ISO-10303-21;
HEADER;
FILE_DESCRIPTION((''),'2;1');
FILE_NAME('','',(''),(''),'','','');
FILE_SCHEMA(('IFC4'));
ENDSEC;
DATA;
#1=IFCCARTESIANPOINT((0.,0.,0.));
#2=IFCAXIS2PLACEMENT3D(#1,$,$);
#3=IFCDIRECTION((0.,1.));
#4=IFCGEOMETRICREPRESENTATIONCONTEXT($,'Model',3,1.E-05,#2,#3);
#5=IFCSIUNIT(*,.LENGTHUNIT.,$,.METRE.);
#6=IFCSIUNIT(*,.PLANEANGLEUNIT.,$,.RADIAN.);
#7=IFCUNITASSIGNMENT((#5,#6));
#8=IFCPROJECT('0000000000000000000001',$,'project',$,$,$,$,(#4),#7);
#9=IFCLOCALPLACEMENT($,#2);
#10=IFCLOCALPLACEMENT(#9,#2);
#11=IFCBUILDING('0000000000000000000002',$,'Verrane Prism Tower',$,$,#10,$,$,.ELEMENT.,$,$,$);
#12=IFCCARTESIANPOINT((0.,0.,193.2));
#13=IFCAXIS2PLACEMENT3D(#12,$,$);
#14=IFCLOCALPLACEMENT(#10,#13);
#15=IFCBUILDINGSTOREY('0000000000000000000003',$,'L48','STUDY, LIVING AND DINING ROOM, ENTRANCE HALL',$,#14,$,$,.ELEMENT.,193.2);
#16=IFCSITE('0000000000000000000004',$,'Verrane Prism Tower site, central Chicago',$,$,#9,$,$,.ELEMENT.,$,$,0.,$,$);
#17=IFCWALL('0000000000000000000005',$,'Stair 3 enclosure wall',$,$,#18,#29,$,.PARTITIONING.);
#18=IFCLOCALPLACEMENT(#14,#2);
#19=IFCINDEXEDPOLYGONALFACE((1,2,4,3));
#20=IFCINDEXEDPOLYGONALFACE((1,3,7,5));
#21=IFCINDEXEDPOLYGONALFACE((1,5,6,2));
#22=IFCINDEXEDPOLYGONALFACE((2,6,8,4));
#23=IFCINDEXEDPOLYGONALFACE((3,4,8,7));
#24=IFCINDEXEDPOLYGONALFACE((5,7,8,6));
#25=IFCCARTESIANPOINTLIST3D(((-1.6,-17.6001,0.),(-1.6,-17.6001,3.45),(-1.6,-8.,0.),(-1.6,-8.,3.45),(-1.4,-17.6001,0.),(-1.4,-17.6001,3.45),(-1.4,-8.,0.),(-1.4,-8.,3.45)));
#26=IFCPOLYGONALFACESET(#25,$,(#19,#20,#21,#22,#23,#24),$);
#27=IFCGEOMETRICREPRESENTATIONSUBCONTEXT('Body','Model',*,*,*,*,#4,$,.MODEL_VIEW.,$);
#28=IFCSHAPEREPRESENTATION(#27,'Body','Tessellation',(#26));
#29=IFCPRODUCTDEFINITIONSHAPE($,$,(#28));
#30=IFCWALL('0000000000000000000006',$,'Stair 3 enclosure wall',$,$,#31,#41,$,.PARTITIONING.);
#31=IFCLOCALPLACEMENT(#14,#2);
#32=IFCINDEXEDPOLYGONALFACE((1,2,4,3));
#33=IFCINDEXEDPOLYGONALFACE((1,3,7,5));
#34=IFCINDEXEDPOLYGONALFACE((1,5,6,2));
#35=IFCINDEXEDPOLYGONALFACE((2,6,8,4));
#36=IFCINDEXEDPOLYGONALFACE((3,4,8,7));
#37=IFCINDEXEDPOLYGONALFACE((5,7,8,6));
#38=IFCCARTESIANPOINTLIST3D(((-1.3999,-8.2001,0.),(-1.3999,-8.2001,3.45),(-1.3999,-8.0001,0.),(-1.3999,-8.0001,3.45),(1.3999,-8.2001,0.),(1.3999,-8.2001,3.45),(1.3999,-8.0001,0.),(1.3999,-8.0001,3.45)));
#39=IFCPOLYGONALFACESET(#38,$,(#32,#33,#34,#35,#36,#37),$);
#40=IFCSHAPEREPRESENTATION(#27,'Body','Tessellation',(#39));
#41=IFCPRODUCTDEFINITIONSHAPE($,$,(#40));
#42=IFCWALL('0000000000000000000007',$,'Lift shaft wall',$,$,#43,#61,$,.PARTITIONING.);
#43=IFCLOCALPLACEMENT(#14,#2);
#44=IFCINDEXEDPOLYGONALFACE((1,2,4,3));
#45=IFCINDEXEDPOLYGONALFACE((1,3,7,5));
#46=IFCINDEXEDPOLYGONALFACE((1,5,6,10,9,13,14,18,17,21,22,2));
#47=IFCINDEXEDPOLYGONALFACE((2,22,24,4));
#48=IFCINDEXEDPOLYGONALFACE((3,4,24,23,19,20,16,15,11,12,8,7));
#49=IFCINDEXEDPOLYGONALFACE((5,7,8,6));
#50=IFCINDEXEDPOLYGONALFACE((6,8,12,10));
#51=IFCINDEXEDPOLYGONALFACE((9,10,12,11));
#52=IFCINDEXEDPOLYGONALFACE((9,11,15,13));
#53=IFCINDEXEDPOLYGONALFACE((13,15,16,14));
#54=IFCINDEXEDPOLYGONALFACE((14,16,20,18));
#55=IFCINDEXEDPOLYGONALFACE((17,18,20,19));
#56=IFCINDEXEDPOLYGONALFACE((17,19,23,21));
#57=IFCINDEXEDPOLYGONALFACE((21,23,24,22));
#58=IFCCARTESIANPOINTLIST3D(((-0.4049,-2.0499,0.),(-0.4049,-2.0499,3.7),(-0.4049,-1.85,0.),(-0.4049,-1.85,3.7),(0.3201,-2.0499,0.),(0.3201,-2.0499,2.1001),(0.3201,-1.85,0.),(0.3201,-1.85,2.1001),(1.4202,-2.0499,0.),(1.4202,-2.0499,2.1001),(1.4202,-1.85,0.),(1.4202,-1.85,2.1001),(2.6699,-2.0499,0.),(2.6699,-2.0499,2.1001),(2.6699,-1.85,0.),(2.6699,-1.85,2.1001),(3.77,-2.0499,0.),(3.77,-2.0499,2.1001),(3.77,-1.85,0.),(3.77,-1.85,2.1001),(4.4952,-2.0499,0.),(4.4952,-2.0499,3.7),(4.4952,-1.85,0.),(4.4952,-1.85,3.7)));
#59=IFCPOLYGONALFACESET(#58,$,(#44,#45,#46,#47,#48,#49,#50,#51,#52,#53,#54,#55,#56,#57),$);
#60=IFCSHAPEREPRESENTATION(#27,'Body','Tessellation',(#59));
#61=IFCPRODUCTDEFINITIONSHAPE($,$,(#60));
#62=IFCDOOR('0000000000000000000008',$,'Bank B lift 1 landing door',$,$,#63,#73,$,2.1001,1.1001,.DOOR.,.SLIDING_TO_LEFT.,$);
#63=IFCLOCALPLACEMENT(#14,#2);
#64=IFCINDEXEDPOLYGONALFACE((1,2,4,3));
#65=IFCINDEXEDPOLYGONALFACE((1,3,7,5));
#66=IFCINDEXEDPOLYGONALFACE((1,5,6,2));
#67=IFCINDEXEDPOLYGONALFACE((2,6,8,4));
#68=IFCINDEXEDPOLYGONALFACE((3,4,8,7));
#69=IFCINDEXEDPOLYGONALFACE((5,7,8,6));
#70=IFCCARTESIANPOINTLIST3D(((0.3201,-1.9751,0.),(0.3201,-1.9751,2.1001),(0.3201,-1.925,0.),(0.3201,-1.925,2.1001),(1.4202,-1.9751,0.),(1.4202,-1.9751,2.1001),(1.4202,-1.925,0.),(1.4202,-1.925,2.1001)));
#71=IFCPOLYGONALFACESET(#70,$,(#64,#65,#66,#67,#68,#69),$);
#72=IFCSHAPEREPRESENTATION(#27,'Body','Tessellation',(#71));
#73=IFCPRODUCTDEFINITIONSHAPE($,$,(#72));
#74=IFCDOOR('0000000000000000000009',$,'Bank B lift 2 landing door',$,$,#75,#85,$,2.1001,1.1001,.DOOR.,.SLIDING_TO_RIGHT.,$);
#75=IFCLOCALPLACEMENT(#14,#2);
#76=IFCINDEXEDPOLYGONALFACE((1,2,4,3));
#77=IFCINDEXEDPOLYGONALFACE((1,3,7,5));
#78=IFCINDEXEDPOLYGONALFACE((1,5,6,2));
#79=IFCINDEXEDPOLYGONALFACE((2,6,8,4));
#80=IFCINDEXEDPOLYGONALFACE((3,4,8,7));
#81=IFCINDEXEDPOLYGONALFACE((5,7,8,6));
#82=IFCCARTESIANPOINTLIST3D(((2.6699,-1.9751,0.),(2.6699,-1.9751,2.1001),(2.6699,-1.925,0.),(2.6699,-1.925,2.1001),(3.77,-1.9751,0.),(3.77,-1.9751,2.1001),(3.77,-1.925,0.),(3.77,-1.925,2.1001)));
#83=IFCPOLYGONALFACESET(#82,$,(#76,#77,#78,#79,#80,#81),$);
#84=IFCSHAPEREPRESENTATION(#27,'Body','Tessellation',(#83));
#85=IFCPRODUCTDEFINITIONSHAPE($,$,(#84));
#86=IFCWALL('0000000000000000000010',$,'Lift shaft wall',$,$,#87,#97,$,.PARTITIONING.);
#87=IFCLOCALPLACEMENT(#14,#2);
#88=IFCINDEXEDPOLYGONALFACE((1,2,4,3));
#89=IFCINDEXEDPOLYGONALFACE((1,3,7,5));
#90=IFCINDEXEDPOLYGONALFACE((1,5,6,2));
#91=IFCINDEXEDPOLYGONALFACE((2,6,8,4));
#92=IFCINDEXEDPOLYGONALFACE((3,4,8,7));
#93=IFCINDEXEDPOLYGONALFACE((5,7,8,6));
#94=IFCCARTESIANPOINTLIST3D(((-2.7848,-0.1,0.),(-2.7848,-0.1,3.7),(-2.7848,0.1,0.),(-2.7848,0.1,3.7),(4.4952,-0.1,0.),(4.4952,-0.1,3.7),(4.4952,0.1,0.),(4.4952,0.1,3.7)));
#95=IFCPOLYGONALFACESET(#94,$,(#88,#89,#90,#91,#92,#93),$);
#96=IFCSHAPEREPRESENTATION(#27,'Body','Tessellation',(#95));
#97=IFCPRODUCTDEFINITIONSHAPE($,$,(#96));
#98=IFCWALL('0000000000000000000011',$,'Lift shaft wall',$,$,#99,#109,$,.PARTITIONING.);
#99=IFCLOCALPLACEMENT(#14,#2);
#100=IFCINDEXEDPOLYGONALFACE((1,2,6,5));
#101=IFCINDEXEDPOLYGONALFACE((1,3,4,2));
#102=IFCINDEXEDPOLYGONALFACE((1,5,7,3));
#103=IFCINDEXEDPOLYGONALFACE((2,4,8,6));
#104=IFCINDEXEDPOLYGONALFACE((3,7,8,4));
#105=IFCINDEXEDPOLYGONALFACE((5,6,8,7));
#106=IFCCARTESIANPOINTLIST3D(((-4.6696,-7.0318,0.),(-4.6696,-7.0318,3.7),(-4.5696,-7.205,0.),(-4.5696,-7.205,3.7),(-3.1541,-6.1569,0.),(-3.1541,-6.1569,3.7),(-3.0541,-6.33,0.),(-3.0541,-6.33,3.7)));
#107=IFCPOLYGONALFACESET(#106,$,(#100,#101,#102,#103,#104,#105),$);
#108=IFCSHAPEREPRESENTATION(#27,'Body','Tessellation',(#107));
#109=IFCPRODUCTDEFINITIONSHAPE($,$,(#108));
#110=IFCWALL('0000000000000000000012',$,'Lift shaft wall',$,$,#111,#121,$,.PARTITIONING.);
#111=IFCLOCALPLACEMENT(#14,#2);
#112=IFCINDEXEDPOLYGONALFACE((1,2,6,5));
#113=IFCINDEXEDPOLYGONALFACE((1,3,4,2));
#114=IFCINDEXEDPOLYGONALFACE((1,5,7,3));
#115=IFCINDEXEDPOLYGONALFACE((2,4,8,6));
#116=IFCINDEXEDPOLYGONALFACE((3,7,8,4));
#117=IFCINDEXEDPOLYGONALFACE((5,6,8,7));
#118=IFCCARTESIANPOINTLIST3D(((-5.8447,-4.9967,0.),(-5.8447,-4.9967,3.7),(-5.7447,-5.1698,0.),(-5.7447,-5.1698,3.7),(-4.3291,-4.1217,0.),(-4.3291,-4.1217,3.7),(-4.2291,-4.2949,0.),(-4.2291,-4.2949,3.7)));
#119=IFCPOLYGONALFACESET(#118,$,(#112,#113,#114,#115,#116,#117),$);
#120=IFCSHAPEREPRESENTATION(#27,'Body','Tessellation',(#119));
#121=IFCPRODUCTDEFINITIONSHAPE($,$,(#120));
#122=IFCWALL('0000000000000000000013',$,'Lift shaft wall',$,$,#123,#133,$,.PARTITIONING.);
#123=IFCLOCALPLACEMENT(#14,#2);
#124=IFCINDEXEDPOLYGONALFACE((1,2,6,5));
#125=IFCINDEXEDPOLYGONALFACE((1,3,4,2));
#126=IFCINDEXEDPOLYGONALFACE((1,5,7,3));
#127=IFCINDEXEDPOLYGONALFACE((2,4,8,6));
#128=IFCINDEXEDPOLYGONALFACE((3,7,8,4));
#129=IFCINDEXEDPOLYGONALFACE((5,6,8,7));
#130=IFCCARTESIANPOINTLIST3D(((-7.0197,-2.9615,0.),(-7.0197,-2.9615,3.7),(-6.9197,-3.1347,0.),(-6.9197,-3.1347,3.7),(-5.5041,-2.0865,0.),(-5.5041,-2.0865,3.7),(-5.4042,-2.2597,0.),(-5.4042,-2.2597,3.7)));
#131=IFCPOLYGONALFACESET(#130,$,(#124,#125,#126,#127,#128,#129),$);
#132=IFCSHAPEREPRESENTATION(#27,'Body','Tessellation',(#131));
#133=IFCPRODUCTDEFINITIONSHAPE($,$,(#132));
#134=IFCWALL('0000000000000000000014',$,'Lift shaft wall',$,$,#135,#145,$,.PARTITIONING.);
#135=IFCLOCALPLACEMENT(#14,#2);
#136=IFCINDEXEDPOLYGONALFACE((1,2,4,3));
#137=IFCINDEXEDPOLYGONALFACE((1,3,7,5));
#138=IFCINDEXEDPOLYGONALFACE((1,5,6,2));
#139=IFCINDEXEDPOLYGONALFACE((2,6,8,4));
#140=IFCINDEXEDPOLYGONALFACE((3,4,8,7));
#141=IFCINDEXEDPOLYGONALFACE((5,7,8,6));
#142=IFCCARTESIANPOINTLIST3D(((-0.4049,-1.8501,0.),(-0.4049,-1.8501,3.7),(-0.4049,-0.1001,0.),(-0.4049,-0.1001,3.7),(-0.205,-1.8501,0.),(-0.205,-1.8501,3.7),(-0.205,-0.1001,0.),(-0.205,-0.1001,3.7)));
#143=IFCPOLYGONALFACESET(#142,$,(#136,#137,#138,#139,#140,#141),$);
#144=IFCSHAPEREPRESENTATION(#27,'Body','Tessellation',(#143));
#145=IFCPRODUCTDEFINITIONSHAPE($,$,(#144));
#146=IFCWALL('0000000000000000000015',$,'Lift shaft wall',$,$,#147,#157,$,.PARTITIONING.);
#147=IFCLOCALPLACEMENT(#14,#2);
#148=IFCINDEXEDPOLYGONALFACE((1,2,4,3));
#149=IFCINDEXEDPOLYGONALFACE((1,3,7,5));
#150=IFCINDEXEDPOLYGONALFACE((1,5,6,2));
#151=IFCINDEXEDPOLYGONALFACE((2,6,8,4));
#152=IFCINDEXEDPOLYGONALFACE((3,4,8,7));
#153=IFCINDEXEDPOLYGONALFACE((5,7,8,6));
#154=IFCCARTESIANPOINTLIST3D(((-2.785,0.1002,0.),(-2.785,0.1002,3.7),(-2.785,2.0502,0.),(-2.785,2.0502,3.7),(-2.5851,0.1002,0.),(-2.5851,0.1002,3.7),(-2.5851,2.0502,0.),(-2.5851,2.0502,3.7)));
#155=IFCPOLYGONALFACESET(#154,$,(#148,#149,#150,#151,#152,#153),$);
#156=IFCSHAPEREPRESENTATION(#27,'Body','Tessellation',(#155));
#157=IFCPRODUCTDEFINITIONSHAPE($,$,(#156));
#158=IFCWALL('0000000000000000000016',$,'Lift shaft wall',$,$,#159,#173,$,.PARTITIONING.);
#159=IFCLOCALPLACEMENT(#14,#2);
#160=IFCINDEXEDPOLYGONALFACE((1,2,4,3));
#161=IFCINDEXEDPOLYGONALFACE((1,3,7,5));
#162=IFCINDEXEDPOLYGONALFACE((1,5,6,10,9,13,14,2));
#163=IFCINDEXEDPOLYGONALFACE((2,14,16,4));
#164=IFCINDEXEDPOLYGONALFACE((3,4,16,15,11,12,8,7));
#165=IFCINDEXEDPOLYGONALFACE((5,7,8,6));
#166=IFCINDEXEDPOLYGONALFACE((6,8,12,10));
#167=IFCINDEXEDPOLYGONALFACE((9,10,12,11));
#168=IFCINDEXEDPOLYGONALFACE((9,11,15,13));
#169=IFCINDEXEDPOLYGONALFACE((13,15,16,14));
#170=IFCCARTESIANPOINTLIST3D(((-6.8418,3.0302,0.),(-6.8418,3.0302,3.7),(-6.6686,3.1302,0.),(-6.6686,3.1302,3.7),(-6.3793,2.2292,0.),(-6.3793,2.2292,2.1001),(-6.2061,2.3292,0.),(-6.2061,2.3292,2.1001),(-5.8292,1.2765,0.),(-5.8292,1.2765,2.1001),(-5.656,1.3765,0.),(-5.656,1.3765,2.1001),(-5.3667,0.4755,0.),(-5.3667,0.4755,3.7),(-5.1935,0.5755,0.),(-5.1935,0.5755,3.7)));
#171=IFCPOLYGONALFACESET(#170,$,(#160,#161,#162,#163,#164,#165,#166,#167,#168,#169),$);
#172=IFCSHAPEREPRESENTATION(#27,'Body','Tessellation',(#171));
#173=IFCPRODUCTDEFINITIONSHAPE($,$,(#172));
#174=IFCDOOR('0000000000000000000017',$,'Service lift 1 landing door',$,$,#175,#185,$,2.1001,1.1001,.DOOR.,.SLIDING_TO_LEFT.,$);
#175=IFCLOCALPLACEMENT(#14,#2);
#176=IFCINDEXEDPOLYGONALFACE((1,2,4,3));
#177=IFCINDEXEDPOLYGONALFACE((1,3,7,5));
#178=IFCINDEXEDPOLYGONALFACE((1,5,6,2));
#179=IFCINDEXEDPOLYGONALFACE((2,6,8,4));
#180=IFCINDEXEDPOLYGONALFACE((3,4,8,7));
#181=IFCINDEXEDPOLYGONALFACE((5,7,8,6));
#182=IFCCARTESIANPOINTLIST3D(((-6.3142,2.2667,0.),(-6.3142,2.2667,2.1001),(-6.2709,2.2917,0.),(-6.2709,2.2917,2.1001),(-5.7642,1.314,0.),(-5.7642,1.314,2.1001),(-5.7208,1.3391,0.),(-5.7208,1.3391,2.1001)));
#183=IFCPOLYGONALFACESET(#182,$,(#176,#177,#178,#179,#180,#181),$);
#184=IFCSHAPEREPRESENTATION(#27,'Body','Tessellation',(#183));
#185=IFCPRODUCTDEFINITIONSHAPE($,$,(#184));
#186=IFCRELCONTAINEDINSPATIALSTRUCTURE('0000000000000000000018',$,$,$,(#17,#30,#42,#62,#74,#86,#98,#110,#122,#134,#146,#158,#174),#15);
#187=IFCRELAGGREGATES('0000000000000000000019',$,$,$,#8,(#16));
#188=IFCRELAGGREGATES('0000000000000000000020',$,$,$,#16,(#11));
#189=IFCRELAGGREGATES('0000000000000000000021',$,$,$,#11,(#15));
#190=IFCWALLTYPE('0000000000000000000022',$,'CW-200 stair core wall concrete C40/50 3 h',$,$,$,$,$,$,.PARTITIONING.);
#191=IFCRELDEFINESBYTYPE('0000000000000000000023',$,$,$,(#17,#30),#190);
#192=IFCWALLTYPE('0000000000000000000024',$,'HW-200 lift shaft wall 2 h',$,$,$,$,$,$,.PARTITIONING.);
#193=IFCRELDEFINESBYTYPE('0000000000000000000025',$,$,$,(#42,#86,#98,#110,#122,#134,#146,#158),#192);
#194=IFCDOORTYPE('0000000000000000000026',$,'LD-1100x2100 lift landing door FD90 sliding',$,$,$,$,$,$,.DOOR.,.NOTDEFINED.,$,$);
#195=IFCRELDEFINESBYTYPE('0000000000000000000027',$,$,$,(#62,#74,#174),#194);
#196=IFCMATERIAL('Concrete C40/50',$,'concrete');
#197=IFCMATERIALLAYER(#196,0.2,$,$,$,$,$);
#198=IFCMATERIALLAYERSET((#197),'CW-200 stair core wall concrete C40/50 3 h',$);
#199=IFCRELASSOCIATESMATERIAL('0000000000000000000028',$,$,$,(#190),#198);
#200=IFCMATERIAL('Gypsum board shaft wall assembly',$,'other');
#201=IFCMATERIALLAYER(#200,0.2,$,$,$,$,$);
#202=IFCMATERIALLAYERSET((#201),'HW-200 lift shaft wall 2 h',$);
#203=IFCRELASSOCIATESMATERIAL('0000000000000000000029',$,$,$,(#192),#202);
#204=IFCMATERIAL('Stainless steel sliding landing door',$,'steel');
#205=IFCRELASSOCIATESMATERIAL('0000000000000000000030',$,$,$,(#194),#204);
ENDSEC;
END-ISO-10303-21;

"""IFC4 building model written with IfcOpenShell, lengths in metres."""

from ifc_helpers import new_model, si_unit, direction, frame, frame_2d, origin, place, context, subcontext, project, spatial, rectangle, extrude, material, layer, layer_set, type_object, element, fill, save


model = new_model("IFC4")

# Units and contexts
model_context = context("Model", 3, precision=1e-05, world=origin(), true_north=direction((0.0, 1.0)))
body_context = subcontext(model_context, "Body", "Model", "MODEL_VIEW")
ifc_project = project(units=[si_unit("LENGTHUNIT", "METRE"), si_unit("PLANEANGLEUNIT", "RADIAN")], contexts=[model_context])

# Site, building, storey
site_placement = place(None, origin())
site = spatial("IfcSite", under=ifc_project, at=site_placement, Name="Verrane Prism Tower site, central Chicago", CompositionType="ELEMENT", RefElevation=0.0)
building_placement = place(site_placement, origin())
building = spatial("IfcBuilding", under=site, at=building_placement, Name="Verrane Prism Tower", CompositionType="ELEMENT")
storey_placement = place(building_placement, frame((0.0, 0.0, 193.2)))
storey = spatial("IfcBuildingStorey", under=building, at=storey_placement, Name="L48", Description="STUDY, LIVING AND DINING ROOM, ENTRANCE HALL", CompositionType="ELEMENT", Elevation=193.2)

# Walls
ifc_material_1 = material(Name="Concrete C40/50", Category="concrete")
ifc_layer_1 = layer(ifc_material_1, 0.2)
ifc_layer_set_1 = layer_set([ifc_layer_1], Name="CW-200 stair core wall concrete C40/50 3 h")
wall_type_1 = type_object("IfcWallType", Name="CW-200 stair core wall concrete C40/50 3 h", PredefinedType="PARTITIONING", material=ifc_layer_set_1)
wall_1_placement = place(storey_placement, frame((-1.5, -8.0, 0.0), z_axis=(0.0, 0.0, 1.0), x_axis=(0.0, -1.0, 0.0)))
element("IfcWall", 1, at=wall_1_placement, inside=storey, type_object=wall_type_1, Name="Stair 3 enclosure wall", PredefinedType="PARTITIONING", context=body_context, shape_type="SweptSolid", body=[
    extrude(rectangle(XDim=9.6001, YDim=0.2, at=frame_2d((4.8, 0.0))), origin(), (0.0, 0.0, 1.0), 3.45),
])
wall_2_placement = place(storey_placement, frame((-1.3999, -8.1001, 0.0), z_axis=(0.0, 0.0, 1.0), x_axis=(1.0, 0.0, 0.0)))
element("IfcWall", 2, at=wall_2_placement, inside=storey, type_object=wall_type_1, Name="Stair 3 enclosure wall", PredefinedType="PARTITIONING", context=body_context, shape_type="SweptSolid", body=[
    extrude(rectangle(XDim=2.7998, YDim=0.2, at=frame_2d((1.3999, 0.0))), origin(), (0.0, 0.0, 1.0), 3.45),
])

# Wall, openings, doors
ifc_material_2 = material(Name="Gypsum board shaft wall assembly", Category="other")
ifc_layer_2 = layer(ifc_material_2, 0.2)
ifc_layer_set_2 = layer_set([ifc_layer_2], Name="HW-200 lift shaft wall 2 h")
wall_type_2 = type_object("IfcWallType", Name="HW-200 lift shaft wall 2 h", PredefinedType="PARTITIONING", material=ifc_layer_set_2)
wall_3_placement = place(storey_placement, frame((-0.405, -1.95, 0.0), z_axis=(0.0, 0.0, 1.0), x_axis=(1.0, 0.0, 0.0)))
wall_3 = element("IfcWall", 3, at=wall_3_placement, inside=storey, type_object=wall_type_2, Name="Lift shaft wall", PredefinedType="PARTITIONING", context=body_context, shape_type="SweptSolid", body=[
    extrude(rectangle(XDim=4.9001, YDim=0.2, at=frame_2d((2.4502, 0.0))), origin(), (0.0, 0.0, 1.0), 3.7),
])
opening_1_placement = place(wall_3_placement, frame((0.7251, 0.0, 0.0)))
opening_1 = element("IfcOpeningElement", 4, at=opening_1_placement, cuts=wall_3, PredefinedType="OPENING", context=body_context, shape_type="SweptSolid", body=[
    extrude(rectangle(XDim=1.1001, YDim=2.1001, at=frame_2d((0.55, 1.05))), frame((0.0, 0.1099, 0.0), z_axis=(0.0, -1.0, 0.0), x_axis=(1.0, 0.0, 0.0)), (0.0, 0.0, 1.0), 0.22),
])
opening_2_placement = place(wall_3_placement, frame((3.075, 0.0, 0.0)))
opening_2 = element("IfcOpeningElement", 5, at=opening_2_placement, cuts=wall_3, PredefinedType="OPENING", context=body_context, shape_type="SweptSolid", body=[
    extrude(rectangle(XDim=1.1001, YDim=2.1001, at=frame_2d((0.55, 1.05))), frame((0.0, 0.1099, 0.0), z_axis=(0.0, -1.0, 0.0), x_axis=(1.0, 0.0, 0.0)), (0.0, 0.0, 1.0), 0.22),
])
ifc_material_3 = material(Name="Stainless steel sliding landing door", Category="steel")
door_type_1 = type_object("IfcDoorType", Name="LD-1100x2100 lift landing door FD90 sliding", OperationType="NOTDEFINED", PredefinedType="DOOR", material=ifc_material_3)
door_1_placement = place(opening_1_placement, origin())
door_1 = element("IfcDoor", 6, at=door_1_placement, inside=storey, type_object=door_type_1, Name="Bank B lift 1 landing door", OperationType="SLIDING_TO_LEFT", OverallHeight=2.1001, OverallWidth=1.1001, PredefinedType="DOOR", context=body_context, shape_type="SweptSolid", body=[
    extrude(rectangle(XDim=1.1001, YDim=2.1001, at=frame_2d((0.55, 1.05))), frame((0.0, 0.0249, 0.0), z_axis=(0.0, -1.0, 0.0), x_axis=(1.0, 0.0, 0.0)), (0.0, 0.0, 1.0), 0.05),
])
fill(opening_1, door_1)
door_2_placement = place(opening_2_placement, origin())
door_2 = element("IfcDoor", 7, at=door_2_placement, inside=storey, type_object=door_type_1, Name="Bank B lift 2 landing door", OperationType="SLIDING_TO_RIGHT", OverallHeight=2.1001, OverallWidth=1.1001, PredefinedType="DOOR", context=body_context, shape_type="SweptSolid", body=[
    extrude(rectangle(XDim=1.1001, YDim=2.1001, at=frame_2d((0.55, 1.05))), frame((0.0, 0.0249, 0.0), z_axis=(0.0, -1.0, 0.0), x_axis=(1.0, 0.0, 0.0)), (0.0, 0.0, 1.0), 0.05),
])
fill(opening_2, door_2)

# Walls
wall_4_placement = place(storey_placement, frame((-2.7849, 0.0, 0.0), z_axis=(0.0, 0.0, 1.0), x_axis=(1.0, 0.0, 0.0)))
element("IfcWall", 8, at=wall_4_placement, inside=storey, type_object=wall_type_2, Name="Lift shaft wall", PredefinedType="PARTITIONING", context=body_context, shape_type="SweptSolid", body=[
    extrude(rectangle(XDim=7.28, YDim=0.2, at=frame_2d((3.6401, 0.0))), origin(), (0.0, 0.0, 1.0), 3.7),
])
for number, where, z_axis, x_axis, name in (
    (9, (-4.6196, -7.1184, 0.0), (0.0, 0.0, 1.0), (0.866037, 0.49998, 0.0), "Lift shaft wall"),
    (10, (-5.7947, -5.0833, 0.0), (0.0, 0.0, 1.0), (0.866037, 0.49998, 0.0), "Lift shaft wall"),
    (11, (-6.9697, -3.0481, 0.0), (0.0, 0.0, 1.0), (0.866037, 0.49998, 0.0), "Lift shaft wall"),
    (12, (-0.3049, -1.8501, 0.0), (0.0, 0.0, 1.0), (0.0, 1.0, 0.0), "Lift shaft wall"),
):
    element("IfcWall", number, at=place(storey_placement, frame(where, z_axis=z_axis, x_axis=x_axis)), inside=storey, type_object=wall_type_2, Name=name, PredefinedType="PARTITIONING", context=body_context, shape_type="SweptSolid", body=[
        extrude(rectangle(XDim=1.75, YDim=0.2, at=frame_2d((0.875, 0.0))), origin(), (0.0, 0.0, 1.0), 3.7),
    ])
wall_5_placement = place(storey_placement, frame((-2.6851, 0.1001, 0.0), z_axis=(0.0, 0.0, 1.0), x_axis=(0.0, 1.0, 0.0)))
element("IfcWall", 13, at=wall_5_placement, inside=storey, type_object=wall_type_2, Name="Lift shaft wall", PredefinedType="PARTITIONING", context=body_context, shape_type="SweptSolid", body=[
    extrude(rectangle(XDim=1.95, YDim=0.2, at=frame_2d((0.9751, 0.0))), origin(), (0.0, 0.0, 1.0), 3.7),
])

# Wall, opening, door
wall_6_placement = place(storey_placement, frame((-5.28, 0.5254, 0.0), z_axis=(0.0, 0.0, 1.0), x_axis=(-0.500038, 0.866004, 0.0)))
wall_6 = element("IfcWall", 14, at=wall_6_placement, inside=storey, type_object=wall_type_2, Name="Lift shaft wall", PredefinedType="PARTITIONING", context=body_context, shape_type="SweptSolid", body=[
    extrude(rectangle(XDim=2.95, YDim=0.2, at=frame_2d((1.4751, 0.0))), origin(), (0.0, 0.0, 1.0), 3.7),
])
opening_3_placement = place(wall_6_placement, frame((0.925, 0.0, 0.0)))
opening_3 = element("IfcOpeningElement", 15, at=opening_3_placement, cuts=wall_6, PredefinedType="OPENING", context=body_context, shape_type="SweptSolid", body=[
    extrude(rectangle(XDim=1.1001, YDim=2.1001, at=frame_2d((0.55, 1.05))), frame((0.0, 0.1099, 0.0), z_axis=(0.0, -1.0, 0.0), x_axis=(1.0, 0.0, 0.0)), (0.0, 0.0, 1.0), 0.22),
])
door_3_placement = place(opening_3_placement, origin())
door_3 = element("IfcDoor", 16, at=door_3_placement, inside=storey, type_object=door_type_1, Name="Service lift 1 landing door", OperationType="SLIDING_TO_LEFT", OverallHeight=2.1001, OverallWidth=1.1001, PredefinedType="DOOR", context=body_context, shape_type="SweptSolid", body=[
    extrude(rectangle(XDim=1.1001, YDim=2.1001, at=frame_2d((0.55, 1.05))), frame((0.0, 0.0249, 0.0), z_axis=(0.0, -1.0, 0.0), x_axis=(1.0, 0.0, 0.0)), (0.0, 0.0, 1.0), 0.05),
])
fill(opening_3, door_3)

save(model, "model.ifc")
